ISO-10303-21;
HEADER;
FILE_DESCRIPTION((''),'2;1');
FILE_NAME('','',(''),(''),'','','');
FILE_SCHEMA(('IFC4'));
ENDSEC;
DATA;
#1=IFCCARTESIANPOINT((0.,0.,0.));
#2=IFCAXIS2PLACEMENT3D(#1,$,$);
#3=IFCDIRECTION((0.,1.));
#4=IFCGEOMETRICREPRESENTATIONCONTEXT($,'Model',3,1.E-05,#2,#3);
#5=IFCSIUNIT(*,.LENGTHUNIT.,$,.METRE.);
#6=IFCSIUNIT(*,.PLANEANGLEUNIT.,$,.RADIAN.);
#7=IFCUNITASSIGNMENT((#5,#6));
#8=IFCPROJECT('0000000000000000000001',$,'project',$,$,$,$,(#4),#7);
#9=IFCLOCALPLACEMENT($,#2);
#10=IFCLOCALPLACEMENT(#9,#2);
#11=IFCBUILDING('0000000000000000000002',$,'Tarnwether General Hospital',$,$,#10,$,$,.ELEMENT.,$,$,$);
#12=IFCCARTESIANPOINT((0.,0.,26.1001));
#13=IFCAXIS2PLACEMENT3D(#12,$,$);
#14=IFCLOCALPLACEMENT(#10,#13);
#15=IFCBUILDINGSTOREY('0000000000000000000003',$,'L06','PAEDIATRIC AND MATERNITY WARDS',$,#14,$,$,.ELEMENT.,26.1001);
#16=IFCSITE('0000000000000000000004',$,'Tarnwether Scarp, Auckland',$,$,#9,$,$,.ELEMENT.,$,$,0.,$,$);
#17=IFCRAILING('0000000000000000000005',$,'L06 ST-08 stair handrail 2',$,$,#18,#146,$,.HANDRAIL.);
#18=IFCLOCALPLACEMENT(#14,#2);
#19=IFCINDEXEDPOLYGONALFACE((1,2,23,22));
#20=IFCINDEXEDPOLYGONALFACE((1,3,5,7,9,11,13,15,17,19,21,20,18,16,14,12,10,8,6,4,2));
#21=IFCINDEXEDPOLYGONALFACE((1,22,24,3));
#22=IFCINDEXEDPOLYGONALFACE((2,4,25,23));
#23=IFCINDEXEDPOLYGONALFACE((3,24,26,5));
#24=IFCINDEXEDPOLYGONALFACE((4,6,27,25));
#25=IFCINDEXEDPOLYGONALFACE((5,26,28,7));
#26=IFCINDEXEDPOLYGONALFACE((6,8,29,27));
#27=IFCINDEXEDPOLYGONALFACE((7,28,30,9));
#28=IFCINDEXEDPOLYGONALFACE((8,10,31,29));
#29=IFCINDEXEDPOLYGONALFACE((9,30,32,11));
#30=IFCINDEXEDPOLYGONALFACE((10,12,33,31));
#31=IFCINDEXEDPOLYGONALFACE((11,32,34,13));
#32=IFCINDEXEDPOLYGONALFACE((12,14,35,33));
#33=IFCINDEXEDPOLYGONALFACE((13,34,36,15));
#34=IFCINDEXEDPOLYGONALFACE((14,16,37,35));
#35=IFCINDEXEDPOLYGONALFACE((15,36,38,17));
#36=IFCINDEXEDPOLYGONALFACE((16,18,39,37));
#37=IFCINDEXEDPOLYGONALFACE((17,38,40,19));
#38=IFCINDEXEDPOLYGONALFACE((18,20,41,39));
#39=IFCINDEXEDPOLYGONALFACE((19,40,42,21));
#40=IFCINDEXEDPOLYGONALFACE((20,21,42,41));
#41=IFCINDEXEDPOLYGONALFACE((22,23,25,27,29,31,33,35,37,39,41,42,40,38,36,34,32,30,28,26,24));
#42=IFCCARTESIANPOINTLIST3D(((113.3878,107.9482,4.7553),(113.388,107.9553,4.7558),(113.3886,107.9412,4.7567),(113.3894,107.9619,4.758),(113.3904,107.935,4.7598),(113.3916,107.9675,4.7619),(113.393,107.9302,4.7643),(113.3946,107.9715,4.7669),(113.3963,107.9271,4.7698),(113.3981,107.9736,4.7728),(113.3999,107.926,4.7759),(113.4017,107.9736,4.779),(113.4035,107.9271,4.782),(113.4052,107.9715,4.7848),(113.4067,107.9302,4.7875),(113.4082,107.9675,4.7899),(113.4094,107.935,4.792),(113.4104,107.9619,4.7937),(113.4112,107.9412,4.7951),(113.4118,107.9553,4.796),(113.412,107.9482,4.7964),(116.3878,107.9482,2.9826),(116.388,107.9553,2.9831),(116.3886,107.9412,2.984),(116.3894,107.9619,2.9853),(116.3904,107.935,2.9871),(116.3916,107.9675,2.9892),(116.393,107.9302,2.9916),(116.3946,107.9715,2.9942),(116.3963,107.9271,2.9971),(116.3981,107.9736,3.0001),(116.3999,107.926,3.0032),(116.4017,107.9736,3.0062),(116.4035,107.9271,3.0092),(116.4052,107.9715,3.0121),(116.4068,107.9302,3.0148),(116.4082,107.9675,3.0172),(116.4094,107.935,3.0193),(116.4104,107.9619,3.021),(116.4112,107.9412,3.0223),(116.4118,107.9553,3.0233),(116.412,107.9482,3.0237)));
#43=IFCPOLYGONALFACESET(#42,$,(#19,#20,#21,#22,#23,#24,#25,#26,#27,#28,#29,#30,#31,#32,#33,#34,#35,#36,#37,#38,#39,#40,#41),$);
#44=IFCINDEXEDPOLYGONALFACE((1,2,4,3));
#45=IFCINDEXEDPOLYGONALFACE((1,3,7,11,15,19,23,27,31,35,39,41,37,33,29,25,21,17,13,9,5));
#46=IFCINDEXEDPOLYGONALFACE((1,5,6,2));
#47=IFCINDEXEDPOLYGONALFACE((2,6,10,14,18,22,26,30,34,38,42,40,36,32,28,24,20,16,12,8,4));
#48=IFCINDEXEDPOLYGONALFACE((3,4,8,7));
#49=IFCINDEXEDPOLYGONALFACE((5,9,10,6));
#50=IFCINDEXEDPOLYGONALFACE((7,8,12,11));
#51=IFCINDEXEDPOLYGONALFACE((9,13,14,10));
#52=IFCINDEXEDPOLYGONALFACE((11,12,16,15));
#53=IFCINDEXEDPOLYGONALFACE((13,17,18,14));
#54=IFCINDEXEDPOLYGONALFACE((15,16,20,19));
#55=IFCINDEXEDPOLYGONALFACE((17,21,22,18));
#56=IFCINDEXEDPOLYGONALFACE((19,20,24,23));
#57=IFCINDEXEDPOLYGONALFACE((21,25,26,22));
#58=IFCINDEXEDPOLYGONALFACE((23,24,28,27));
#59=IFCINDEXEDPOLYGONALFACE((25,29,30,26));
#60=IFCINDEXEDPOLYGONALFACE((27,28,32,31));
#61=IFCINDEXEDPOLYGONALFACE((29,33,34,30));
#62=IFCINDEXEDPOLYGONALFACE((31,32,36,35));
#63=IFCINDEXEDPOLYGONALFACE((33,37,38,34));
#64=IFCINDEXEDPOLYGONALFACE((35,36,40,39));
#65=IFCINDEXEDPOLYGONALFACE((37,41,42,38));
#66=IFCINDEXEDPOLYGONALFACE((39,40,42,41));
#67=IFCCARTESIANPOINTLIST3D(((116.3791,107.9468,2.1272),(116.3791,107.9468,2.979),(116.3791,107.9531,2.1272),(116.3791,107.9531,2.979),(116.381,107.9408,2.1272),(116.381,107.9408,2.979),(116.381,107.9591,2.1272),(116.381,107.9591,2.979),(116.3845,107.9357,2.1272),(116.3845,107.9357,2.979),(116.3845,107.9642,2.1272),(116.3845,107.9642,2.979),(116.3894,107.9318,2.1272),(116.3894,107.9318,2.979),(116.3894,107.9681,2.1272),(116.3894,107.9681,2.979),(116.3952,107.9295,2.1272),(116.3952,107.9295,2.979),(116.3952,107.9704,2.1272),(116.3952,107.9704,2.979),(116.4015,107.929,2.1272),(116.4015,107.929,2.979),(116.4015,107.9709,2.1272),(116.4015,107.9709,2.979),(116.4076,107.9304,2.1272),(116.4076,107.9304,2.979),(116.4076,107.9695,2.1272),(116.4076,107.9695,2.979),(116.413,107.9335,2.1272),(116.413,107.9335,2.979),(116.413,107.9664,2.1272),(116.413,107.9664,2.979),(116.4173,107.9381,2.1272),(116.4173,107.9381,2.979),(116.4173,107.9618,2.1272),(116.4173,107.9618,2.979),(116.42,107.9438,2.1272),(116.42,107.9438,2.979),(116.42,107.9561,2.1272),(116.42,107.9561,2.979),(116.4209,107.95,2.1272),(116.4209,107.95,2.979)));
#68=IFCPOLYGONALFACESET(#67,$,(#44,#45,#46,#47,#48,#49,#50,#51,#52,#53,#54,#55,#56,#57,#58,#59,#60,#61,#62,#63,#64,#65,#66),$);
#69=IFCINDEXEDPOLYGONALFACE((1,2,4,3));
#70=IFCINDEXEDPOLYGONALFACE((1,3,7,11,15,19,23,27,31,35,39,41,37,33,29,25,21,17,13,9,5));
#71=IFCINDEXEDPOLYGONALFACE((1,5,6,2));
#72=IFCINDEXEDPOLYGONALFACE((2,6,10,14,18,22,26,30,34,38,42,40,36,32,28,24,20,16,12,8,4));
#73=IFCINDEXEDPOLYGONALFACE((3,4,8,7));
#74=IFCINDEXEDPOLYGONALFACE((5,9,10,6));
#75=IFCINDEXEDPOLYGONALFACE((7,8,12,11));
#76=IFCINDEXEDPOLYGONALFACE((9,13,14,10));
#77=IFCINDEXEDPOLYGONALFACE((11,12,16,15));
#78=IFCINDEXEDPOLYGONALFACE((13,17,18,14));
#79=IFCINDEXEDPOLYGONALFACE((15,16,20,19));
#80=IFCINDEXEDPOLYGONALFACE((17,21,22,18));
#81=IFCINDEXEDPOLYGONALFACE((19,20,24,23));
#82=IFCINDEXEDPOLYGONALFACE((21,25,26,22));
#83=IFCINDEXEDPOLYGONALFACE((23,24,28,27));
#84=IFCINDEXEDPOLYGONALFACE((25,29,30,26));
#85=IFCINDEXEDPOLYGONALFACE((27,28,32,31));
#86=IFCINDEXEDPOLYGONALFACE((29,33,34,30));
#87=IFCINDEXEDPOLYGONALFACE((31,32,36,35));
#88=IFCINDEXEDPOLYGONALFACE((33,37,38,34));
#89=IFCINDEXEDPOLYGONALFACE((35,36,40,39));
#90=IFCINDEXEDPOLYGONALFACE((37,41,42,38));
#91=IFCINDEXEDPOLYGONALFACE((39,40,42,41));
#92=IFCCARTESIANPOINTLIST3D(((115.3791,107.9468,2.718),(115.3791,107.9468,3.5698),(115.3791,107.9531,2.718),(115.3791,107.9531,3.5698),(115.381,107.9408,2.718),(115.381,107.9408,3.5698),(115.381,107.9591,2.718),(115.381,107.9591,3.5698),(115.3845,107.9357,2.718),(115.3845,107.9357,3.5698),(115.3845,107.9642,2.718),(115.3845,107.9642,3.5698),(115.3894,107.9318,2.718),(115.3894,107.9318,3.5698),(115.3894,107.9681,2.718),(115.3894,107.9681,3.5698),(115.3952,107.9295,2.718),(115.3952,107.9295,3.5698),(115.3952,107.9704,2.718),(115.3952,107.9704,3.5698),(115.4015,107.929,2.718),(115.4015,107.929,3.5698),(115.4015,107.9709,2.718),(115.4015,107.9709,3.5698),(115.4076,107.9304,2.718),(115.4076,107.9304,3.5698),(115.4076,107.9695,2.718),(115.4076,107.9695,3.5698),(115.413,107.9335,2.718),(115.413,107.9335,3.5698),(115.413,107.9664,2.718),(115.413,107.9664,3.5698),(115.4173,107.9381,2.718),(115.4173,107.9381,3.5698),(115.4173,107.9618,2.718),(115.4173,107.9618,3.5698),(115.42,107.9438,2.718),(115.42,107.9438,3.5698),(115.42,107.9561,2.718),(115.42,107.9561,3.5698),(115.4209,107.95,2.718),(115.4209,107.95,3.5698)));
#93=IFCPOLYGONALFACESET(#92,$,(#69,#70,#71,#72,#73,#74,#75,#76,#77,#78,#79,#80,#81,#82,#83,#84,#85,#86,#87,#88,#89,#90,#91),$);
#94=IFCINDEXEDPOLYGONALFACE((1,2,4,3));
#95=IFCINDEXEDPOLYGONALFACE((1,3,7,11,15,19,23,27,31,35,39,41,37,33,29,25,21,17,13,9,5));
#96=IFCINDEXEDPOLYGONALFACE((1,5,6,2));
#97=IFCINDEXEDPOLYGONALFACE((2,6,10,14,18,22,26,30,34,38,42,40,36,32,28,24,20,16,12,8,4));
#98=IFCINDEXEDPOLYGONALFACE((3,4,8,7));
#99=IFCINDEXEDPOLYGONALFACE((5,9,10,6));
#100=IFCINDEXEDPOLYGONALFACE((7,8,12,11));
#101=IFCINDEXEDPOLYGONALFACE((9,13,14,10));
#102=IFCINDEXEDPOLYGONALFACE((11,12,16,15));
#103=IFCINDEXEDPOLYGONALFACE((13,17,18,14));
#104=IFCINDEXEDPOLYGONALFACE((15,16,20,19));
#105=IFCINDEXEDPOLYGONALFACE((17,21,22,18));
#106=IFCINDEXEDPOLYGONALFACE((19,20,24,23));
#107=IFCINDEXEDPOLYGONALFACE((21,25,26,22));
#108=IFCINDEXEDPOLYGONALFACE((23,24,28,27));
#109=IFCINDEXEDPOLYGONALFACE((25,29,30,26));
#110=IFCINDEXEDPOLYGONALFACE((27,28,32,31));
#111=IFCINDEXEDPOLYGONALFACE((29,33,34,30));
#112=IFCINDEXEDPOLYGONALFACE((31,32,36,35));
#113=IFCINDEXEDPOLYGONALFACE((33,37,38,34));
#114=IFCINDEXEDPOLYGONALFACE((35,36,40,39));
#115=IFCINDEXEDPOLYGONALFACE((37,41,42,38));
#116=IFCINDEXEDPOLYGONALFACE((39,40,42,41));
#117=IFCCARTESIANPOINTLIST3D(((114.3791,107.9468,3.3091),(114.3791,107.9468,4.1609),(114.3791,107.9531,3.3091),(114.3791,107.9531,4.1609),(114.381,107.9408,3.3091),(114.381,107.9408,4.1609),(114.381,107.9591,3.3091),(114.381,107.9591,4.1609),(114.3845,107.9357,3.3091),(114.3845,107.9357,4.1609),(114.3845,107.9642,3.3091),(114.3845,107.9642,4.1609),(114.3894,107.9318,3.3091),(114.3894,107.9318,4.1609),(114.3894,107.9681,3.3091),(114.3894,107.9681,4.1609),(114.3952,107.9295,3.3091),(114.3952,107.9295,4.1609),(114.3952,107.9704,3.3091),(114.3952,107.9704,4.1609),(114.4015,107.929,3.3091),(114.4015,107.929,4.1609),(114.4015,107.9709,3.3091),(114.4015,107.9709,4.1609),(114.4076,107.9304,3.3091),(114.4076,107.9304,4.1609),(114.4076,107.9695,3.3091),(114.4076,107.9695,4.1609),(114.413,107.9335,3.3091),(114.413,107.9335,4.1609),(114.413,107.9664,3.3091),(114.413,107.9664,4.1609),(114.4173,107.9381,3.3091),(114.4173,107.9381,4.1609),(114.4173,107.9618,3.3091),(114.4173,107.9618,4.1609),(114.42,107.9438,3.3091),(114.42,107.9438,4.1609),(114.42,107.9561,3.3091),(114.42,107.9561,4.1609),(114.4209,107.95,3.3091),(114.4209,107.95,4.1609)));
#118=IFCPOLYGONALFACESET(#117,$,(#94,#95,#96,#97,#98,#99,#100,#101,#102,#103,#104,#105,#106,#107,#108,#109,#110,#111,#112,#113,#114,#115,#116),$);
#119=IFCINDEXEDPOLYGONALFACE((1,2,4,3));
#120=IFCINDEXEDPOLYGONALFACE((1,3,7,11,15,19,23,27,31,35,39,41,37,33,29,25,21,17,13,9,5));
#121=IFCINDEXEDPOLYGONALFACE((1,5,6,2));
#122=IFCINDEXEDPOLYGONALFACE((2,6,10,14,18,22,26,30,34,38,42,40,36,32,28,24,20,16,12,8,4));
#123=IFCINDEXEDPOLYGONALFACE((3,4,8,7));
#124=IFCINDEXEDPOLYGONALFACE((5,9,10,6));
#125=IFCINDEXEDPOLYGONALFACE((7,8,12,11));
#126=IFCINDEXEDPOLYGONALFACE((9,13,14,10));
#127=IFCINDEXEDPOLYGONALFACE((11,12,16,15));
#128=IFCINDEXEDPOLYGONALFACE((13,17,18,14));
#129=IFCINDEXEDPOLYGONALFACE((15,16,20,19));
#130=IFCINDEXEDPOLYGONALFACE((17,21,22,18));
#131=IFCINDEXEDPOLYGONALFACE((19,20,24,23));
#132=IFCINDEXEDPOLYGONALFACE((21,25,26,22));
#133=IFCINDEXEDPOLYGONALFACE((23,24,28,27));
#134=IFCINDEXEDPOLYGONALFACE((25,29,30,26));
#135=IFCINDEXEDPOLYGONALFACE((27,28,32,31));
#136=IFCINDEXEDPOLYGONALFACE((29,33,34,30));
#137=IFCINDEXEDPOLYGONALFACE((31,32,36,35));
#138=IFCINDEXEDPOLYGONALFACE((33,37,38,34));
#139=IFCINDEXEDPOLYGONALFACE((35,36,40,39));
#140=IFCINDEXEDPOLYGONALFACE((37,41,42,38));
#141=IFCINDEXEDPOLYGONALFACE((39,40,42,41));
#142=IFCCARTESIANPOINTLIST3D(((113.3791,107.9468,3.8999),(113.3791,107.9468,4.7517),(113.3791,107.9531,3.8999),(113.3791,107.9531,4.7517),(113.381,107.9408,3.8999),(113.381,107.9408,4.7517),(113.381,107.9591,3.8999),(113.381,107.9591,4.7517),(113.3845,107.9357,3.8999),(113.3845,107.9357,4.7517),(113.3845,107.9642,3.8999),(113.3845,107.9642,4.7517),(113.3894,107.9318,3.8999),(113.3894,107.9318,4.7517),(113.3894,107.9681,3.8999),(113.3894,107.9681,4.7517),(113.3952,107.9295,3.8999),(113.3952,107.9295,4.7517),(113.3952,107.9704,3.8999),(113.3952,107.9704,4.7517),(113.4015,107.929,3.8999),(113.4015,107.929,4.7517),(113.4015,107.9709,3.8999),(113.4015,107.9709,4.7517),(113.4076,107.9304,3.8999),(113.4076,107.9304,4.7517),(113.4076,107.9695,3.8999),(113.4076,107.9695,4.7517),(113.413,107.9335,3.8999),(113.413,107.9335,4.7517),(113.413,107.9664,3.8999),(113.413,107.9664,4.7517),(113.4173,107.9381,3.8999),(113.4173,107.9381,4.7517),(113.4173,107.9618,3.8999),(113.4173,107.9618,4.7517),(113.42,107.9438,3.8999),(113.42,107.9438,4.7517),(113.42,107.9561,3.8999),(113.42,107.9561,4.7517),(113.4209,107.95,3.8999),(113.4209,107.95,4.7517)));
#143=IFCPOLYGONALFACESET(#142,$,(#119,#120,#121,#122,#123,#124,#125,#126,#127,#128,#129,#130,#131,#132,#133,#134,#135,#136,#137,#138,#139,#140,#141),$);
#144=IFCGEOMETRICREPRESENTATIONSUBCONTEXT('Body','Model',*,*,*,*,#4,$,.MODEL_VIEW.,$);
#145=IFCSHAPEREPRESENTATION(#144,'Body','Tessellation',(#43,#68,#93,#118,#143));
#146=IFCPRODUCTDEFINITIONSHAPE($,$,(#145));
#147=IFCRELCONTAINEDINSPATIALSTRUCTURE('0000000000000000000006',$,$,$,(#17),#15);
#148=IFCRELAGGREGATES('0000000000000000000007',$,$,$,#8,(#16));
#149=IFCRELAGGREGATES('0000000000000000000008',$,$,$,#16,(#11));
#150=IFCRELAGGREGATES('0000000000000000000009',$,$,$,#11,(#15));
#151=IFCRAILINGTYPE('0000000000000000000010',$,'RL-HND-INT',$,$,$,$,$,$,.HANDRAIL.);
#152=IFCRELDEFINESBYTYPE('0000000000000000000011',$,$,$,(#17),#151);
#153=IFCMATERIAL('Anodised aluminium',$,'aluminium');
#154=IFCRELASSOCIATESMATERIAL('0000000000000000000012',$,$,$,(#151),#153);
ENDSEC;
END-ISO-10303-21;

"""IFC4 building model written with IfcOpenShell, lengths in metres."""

from ifc_helpers import new_model, si_unit, direction, frame, origin, origin_2d, place, context, subcontext, project, spatial, circle, extrude, material, type_object, element, save


model = new_model("IFC4")

# Units and contexts
model_context = context("Model", 3, precision=1e-05, world=origin(), true_north=direction((0.0, 1.0)))
body_context = subcontext(model_context, "Body", "Model", "MODEL_VIEW")
ifc_project = project(units=[si_unit("LENGTHUNIT", "METRE"), si_unit("PLANEANGLEUNIT", "RADIAN")], contexts=[model_context])

# Site, building, storey
site_placement = place(None, origin())
site = spatial("IfcSite", under=ifc_project, at=site_placement, Name="Tarnwether Scarp, Auckland", CompositionType="ELEMENT", RefElevation=0.0)
building_placement = place(site_placement, origin())
building = spatial("IfcBuilding", under=site, at=building_placement, Name="Tarnwether General Hospital", CompositionType="ELEMENT")
storey_placement = place(building_placement, frame((0.0, 0.0, 26.1001)))
storey = spatial("IfcBuildingStorey", under=building, at=storey_placement, Name="L06", Description="PAEDIATRIC AND MATERNITY WARDS", CompositionType="ELEMENT", Elevation=26.1001)

# Railing
ifc_material_1 = material(Name="Anodised aluminium", Category="aluminium")
railing_type_1 = type_object("IfcRailingType", Name="RL-HND-INT", PredefinedType="HANDRAIL", material=ifc_material_1)
railing_1_placement = place(storey_placement, frame((116.3999, 107.95, 2.1272)))
element("IfcRailing", 1, at=railing_1_placement, inside=storey, type_object=railing_type_1, Name="L06 ST-08 stair handrail 2", PredefinedType="HANDRAIL", context=body_context, shape_type="SweptSolid", body=[
    extrude(circle(Radius=0.0239, at=origin_2d()), frame((0.0, 0.0, 0.876), z_axis=(-0.860929, 0.0, 0.508725), x_axis=(0.0, -1.0, 0.0)), (0.0, 0.0, 1.0), 3.4846),
    extrude(circle(Radius=0.021, at=origin_2d()), origin(), (0.0, 0.0, 1.0), 0.8518),
    extrude(circle(Radius=0.021, at=origin_2d()), frame((-1.0, 0.0, 0.5908)), (0.0, 0.0, 1.0), 0.8518),
    extrude(circle(Radius=0.021, at=origin_2d()), frame((-2.0, 0.0, 1.1819)), (0.0, 0.0, 1.0), 0.8518),
    extrude(circle(Radius=0.021, at=origin_2d()), frame((-3.0, 0.0, 1.7727)), (0.0, 0.0, 1.0), 0.8518),
])

save(model, "model.ifc")
